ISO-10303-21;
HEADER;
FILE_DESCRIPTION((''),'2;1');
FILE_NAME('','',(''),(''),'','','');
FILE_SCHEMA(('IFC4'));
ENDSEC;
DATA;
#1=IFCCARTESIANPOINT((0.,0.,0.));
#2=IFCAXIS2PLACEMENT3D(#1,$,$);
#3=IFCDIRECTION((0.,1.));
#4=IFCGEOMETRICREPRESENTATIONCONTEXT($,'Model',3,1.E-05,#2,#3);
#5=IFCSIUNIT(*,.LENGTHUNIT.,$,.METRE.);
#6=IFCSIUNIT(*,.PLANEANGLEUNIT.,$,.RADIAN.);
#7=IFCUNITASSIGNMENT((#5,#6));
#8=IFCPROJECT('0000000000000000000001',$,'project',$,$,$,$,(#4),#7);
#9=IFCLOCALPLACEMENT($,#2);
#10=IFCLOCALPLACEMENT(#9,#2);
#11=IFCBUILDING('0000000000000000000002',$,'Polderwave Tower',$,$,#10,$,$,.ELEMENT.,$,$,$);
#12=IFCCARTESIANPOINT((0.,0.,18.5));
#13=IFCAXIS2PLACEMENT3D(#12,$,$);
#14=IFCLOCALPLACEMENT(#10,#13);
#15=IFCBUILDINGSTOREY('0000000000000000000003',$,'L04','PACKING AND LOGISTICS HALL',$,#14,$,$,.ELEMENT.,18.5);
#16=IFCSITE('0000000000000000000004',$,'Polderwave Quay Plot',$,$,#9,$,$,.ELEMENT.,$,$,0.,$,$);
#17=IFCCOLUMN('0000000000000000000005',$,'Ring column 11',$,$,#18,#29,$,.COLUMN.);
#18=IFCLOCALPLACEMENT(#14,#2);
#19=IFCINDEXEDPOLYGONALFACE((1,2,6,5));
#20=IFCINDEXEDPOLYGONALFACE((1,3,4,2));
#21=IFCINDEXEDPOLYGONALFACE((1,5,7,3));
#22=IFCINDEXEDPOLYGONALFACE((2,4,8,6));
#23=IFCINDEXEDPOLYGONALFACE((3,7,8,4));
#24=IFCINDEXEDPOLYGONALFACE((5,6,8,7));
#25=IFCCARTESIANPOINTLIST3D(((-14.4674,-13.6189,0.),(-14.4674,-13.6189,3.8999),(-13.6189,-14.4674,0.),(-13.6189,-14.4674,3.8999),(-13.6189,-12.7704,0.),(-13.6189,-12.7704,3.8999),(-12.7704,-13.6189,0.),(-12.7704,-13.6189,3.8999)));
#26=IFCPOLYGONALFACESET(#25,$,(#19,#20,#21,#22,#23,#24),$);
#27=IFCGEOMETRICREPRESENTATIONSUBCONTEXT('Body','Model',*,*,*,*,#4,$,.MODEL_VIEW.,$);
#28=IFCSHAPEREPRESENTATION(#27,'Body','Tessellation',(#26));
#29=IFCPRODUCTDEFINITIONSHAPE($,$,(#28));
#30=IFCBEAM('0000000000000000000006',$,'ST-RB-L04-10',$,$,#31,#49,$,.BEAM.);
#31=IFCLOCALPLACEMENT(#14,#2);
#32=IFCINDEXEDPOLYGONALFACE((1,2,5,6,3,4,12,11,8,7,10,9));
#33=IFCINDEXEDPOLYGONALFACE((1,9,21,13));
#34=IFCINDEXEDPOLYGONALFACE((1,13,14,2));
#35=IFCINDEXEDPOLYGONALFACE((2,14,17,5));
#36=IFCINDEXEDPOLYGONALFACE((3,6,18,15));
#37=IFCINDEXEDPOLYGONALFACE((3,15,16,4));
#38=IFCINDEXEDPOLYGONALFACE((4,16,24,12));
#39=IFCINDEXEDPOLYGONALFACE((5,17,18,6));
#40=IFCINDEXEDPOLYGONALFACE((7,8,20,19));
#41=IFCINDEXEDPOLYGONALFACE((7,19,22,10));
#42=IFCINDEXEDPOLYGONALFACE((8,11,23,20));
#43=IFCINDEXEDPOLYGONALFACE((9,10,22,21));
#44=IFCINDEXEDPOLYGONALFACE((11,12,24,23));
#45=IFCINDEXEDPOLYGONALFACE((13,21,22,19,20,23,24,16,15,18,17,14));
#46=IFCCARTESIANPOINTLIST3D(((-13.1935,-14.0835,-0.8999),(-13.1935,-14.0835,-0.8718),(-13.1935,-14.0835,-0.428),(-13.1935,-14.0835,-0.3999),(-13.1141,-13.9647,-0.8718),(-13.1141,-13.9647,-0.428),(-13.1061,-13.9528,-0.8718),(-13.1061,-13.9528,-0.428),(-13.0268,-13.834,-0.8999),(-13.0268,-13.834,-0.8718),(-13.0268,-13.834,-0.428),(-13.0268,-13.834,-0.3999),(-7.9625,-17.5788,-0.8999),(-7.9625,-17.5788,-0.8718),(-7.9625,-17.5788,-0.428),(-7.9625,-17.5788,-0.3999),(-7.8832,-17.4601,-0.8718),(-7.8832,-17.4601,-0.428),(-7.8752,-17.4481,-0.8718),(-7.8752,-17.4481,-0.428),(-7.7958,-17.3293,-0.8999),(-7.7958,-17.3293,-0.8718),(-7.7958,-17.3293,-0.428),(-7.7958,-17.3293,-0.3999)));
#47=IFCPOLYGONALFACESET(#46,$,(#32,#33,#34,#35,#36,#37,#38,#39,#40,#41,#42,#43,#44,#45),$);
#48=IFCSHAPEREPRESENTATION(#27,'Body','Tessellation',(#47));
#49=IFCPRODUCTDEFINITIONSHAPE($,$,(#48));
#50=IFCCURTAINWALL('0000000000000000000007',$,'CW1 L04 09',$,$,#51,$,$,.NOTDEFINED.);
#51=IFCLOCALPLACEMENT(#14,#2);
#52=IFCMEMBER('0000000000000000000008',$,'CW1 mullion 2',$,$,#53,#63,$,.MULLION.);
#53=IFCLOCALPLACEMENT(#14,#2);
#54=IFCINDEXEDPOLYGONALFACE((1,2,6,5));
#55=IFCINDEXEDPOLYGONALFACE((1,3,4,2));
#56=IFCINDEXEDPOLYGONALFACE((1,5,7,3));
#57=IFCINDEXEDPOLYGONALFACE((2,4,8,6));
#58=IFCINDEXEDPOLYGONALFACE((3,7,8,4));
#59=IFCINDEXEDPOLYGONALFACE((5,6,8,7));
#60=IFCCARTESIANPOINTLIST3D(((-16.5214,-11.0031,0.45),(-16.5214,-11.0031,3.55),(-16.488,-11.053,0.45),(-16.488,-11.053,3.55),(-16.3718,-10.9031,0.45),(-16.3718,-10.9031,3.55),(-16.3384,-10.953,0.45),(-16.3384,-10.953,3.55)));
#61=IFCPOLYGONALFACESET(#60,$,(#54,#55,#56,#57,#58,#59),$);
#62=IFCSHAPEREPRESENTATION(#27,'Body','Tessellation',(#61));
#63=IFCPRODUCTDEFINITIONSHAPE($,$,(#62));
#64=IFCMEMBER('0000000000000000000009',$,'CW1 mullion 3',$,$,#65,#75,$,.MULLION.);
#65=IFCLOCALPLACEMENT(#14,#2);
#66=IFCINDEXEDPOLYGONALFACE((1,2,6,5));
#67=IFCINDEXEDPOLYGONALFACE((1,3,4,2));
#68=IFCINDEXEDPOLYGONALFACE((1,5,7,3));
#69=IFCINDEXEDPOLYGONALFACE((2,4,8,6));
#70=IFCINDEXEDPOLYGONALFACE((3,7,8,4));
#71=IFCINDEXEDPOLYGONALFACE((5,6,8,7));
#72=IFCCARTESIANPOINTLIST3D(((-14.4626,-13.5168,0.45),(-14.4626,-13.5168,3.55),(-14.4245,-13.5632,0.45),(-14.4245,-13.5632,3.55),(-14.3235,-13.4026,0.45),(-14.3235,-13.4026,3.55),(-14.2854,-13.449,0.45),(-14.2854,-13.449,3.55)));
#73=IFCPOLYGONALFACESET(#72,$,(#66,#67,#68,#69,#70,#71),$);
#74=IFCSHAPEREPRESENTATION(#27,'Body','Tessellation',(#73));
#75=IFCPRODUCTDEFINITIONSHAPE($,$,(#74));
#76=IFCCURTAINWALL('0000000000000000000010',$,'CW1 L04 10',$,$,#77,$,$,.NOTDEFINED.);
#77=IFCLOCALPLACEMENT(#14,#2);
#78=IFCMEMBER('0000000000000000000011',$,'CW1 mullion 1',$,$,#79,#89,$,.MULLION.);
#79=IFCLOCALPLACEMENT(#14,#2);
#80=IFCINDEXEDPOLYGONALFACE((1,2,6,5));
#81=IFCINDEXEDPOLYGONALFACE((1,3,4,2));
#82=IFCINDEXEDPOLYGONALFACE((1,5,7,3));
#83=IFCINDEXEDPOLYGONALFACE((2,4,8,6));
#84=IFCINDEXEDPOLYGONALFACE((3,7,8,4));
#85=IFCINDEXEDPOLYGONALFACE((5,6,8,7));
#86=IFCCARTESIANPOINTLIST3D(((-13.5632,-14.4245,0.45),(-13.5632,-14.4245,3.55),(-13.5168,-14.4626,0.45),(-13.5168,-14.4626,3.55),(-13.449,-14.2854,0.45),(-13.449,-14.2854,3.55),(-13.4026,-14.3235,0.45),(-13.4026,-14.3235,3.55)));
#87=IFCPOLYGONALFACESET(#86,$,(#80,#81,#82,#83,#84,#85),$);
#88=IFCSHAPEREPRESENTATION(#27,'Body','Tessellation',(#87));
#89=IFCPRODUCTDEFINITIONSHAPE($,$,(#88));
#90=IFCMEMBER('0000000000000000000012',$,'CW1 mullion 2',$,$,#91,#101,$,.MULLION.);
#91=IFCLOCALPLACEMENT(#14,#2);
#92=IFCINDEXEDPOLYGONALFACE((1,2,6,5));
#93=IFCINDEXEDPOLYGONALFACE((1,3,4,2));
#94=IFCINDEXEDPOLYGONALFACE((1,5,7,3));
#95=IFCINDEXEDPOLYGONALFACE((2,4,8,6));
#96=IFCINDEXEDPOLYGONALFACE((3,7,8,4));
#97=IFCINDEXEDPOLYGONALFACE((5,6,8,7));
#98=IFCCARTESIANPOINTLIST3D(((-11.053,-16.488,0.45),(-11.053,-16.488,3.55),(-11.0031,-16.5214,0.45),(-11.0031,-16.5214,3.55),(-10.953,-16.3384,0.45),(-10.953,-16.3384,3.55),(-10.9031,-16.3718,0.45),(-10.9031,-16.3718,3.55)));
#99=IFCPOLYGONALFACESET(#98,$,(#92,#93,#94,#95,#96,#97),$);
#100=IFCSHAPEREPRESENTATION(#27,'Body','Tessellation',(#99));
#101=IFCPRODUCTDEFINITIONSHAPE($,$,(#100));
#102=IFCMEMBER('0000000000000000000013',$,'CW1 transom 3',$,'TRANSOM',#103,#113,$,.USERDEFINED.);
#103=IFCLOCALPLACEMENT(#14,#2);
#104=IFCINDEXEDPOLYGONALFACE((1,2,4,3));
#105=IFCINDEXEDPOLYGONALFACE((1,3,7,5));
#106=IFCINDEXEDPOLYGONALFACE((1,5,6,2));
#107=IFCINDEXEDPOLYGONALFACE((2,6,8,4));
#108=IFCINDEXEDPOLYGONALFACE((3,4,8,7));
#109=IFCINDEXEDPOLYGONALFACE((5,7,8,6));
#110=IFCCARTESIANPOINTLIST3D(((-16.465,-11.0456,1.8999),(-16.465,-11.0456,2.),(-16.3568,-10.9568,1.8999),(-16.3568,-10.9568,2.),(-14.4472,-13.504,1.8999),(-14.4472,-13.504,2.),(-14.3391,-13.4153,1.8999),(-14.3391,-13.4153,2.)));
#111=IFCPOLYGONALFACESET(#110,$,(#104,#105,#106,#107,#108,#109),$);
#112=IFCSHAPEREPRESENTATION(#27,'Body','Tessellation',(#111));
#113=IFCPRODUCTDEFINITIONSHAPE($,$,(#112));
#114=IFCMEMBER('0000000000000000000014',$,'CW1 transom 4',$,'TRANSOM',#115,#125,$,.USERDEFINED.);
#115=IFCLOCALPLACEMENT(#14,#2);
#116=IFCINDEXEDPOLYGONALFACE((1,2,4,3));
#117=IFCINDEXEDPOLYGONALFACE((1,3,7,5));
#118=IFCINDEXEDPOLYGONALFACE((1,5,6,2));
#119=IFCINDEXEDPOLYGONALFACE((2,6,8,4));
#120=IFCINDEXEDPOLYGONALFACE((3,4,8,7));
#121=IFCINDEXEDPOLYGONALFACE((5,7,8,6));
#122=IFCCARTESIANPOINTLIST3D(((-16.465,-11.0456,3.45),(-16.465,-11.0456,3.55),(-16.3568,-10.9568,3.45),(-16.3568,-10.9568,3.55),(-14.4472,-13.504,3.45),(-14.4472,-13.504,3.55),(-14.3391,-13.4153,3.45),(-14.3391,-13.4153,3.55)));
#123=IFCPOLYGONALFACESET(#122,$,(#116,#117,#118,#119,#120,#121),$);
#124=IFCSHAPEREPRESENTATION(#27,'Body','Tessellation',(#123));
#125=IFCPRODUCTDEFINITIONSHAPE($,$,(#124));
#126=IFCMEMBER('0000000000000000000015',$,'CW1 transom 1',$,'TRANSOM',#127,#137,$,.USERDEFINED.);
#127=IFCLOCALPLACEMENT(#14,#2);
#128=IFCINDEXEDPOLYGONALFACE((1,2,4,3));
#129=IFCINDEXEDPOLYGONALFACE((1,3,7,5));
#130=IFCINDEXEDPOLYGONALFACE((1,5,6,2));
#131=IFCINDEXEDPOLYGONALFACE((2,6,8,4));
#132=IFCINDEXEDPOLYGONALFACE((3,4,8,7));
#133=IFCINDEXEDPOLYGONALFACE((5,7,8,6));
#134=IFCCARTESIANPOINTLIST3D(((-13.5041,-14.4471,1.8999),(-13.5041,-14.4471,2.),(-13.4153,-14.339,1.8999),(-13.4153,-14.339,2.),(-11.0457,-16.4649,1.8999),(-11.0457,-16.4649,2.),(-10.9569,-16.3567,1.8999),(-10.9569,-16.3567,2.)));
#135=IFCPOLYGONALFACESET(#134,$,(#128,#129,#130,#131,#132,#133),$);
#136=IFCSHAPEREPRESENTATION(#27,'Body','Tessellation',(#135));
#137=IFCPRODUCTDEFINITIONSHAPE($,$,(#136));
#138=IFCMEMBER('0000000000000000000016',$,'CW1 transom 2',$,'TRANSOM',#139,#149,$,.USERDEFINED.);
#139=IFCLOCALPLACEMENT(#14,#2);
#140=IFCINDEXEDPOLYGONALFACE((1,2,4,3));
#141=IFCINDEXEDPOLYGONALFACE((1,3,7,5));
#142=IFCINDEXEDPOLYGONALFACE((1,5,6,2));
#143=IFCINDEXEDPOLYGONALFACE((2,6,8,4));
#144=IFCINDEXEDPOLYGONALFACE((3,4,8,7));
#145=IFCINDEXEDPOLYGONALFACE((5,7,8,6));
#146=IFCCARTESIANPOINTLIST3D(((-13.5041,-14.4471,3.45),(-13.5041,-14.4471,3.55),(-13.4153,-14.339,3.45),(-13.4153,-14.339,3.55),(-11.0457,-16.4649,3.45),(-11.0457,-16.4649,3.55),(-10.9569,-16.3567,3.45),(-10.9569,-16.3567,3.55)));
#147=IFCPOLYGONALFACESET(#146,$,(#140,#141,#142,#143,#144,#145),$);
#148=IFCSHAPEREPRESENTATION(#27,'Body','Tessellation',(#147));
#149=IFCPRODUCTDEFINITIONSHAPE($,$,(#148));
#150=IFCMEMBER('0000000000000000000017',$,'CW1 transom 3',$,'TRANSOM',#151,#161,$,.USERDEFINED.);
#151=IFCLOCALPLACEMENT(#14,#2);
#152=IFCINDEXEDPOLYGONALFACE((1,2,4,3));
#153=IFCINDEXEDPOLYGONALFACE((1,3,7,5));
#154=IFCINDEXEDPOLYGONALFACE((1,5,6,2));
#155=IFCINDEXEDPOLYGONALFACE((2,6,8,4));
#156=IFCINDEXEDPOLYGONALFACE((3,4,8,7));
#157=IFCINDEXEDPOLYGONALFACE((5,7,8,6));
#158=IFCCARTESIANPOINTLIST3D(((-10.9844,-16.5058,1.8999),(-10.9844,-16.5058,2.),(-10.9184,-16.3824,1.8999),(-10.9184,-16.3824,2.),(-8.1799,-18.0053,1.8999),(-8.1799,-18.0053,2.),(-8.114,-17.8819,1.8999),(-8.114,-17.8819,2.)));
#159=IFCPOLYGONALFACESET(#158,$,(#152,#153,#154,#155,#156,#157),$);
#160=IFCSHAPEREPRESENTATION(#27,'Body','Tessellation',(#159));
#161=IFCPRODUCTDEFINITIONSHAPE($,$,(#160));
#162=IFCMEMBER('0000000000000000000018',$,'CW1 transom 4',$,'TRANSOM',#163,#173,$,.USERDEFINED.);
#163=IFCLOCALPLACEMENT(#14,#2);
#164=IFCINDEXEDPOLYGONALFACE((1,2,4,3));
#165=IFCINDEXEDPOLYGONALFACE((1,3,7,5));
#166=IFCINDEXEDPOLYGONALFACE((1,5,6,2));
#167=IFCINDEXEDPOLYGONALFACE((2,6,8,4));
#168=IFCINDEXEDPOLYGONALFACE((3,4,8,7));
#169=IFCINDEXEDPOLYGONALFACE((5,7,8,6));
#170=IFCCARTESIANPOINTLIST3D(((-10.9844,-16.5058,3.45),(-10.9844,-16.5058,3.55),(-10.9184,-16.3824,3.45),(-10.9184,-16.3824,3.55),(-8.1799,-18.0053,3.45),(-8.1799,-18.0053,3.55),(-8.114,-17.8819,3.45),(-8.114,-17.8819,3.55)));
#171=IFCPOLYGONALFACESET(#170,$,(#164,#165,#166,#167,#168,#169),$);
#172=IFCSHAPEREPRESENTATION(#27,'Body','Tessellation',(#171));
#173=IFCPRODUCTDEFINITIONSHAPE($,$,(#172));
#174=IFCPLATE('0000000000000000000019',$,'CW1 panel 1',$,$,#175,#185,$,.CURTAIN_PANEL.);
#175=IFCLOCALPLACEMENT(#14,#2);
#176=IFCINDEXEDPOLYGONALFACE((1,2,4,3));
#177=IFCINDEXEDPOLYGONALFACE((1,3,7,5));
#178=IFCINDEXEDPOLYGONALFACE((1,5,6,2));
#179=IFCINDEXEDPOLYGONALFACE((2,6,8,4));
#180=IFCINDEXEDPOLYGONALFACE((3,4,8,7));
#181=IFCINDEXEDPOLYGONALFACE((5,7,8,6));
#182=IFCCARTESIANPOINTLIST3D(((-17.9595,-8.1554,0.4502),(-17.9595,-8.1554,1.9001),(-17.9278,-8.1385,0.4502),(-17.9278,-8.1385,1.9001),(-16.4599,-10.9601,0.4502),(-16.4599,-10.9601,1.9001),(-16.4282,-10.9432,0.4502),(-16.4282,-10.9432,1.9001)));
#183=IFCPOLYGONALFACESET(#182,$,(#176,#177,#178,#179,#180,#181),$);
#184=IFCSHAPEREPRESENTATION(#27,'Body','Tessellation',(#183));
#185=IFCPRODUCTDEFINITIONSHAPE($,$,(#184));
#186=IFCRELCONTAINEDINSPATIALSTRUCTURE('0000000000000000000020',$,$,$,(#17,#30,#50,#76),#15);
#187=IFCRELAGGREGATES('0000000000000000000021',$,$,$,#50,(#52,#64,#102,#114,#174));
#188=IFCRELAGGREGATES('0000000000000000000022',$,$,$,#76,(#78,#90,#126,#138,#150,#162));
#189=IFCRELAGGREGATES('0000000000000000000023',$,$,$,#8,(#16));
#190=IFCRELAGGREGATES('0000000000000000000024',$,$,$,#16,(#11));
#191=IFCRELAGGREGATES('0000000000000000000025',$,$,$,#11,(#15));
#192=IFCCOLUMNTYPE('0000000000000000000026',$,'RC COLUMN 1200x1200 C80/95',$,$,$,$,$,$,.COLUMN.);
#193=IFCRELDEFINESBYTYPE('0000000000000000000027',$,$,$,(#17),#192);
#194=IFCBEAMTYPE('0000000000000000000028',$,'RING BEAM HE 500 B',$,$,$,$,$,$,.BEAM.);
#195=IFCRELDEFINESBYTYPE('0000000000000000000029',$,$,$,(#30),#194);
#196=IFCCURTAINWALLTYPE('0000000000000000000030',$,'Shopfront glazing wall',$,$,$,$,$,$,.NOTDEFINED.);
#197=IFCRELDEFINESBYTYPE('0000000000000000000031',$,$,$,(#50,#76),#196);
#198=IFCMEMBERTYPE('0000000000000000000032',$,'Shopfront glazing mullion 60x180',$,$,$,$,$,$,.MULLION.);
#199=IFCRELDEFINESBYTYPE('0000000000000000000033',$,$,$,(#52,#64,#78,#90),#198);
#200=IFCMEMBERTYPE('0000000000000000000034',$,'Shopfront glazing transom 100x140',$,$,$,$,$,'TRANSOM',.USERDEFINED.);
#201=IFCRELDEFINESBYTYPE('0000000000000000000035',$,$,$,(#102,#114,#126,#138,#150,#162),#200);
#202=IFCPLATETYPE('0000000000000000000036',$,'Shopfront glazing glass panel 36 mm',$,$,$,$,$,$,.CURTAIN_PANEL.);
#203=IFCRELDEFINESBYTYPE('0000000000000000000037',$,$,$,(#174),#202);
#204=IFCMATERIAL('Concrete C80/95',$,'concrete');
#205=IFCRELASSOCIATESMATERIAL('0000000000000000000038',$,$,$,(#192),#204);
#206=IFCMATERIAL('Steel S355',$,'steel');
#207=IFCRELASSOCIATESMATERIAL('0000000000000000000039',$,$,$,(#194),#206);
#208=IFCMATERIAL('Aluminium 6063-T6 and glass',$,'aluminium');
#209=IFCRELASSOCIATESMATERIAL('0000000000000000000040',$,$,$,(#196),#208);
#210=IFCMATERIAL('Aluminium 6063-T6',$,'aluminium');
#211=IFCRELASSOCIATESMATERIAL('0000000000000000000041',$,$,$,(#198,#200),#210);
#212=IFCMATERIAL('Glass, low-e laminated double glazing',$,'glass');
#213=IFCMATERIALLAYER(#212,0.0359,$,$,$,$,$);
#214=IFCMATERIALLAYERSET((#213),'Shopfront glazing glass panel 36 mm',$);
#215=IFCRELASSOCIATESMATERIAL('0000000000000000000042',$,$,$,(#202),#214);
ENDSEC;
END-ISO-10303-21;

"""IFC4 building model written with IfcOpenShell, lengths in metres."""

from ifc_helpers import new_model, si_unit, direction, frame, origin, origin_2d, place, context, subcontext, project, spatial, rectangle, i_section, extrude, material, layer, layer_set, material_profile, profile_set, type_object, element, aggregate, save


model = new_model("IFC4")

# Units and contexts
model_context = context("Model", 3, precision=1e-05, world=origin(), true_north=direction((0.0, 1.0)))
body_context = subcontext(model_context, "Body", "Model", "MODEL_VIEW")
ifc_project = project(units=[si_unit("LENGTHUNIT", "METRE"), si_unit("PLANEANGLEUNIT", "RADIAN")], contexts=[model_context])

# Site, building, storey
site_placement = place(None, origin())
site = spatial("IfcSite", under=ifc_project, at=site_placement, Name="Polderwave Quay Plot", CompositionType="ELEMENT", RefElevation=0.0)
building_placement = place(site_placement, origin())
building = spatial("IfcBuilding", under=site, at=building_placement, Name="Polderwave Tower", CompositionType="ELEMENT")
storey_placement = place(building_placement, frame((0.0, 0.0, 18.5)))
storey = spatial("IfcBuildingStorey", under=building, at=storey_placement, Name="L04", Description="PACKING AND LOGISTICS HALL", CompositionType="ELEMENT", Elevation=18.5)

# Column
ifc_material_1 = material(Name="Concrete C80/95", Category="concrete")
ifc_material_profile_1 = material_profile(ifc_material_1, rectangle(XDim=1.2, YDim=1.2, at=origin_2d()), Name="RC 1200x1200")
ifc_profile_set_1 = profile_set([ifc_material_profile_1], Name="Concrete C80/95")
column_type = type_object("IfcColumnType", Name="RC COLUMN 1200x1200 C80/95", PredefinedType="COLUMN", material=ifc_profile_set_1)
column_placement = place(storey_placement, frame((-13.6189, -13.6189, 0.0), z_axis=(0.0, 0.0, 1.0), x_axis=(-0.707107, -0.707107, 0.0)))
element("IfcColumn", 1, at=column_placement, inside=storey, type_object=column_type, Name="Ring column 11", PredefinedType="COLUMN", context=body_context, shape_type="SweptSolid", body=[
    extrude(rectangle(XDim=1.2, YDim=1.2, at=origin_2d()), origin(), (0.0, 0.0, 1.0), 3.8999),
])

# Beam
ifc_material_2 = material(Name="Steel S355", Category="steel")
ifc_material_profile_2 = material_profile(ifc_material_2, i_section(OverallWidth=0.3, OverallDepth=0.5, WebThickness=0.0144, FlangeThickness=0.0281, at=origin_2d()), Name="HE 500 B")
ifc_profile_set_2 = profile_set([ifc_material_profile_2], Name="Steel S355")
beam_type = type_object("IfcBeamType", Name="RING BEAM HE 500 B", PredefinedType="BEAM", material=ifc_profile_set_2)
beam_placement = place(storey_placement, frame((-13.1101, -13.9587, -0.6499), z_axis=(0.831459, -0.555586, 0.0), x_axis=(0.555586, 0.831459, 0.0)))
element("IfcBeam", 2, at=beam_placement, inside=storey, type_object=beam_type, Name="ST-RB-L04-10", PredefinedType="BEAM", context=body_context, shape_type="SweptSolid", body=[
    extrude(i_section(OverallWidth=0.3, OverallDepth=0.5, WebThickness=0.0144, FlangeThickness=0.0281, at=origin_2d()), origin(), (0.0, 0.0, 1.0), 6.2913),
])

# Curtain walls, members
ifc_material_3 = material(Name="Aluminium 6063-T6 and glass", Category="aluminium")
curtain_wall_type = type_object("IfcCurtainWallType", Name="Shopfront glazing wall", PredefinedType="NOTDEFINED", material=ifc_material_3)
curtain_wall_1_placement = place(storey_placement, origin())
curtain_wall_1 = element("IfcCurtainWall", 3, at=curtain_wall_1_placement, inside=storey, type_object=curtain_wall_type, Name="CW1 L04 09", PredefinedType="NOTDEFINED")
ifc_material_4 = material(Name="Aluminium 6063-T6", Category="aluminium")
ifc_material_profile_3 = material_profile(ifc_material_4, rectangle(XDim=0.1799, YDim=0.0601, at=origin_2d()), Name="AL 60x180")
ifc_profile_set_3 = profile_set([ifc_material_profile_3], Name="Aluminium 6063-T6")
member_type_1 = type_object("IfcMemberType", Name="Shopfront glazing mullion 60x180", PredefinedType="MULLION", material=ifc_profile_set_3)
member_1_placement = place(storey_placement, frame((-16.4299, -10.978, 0.45), z_axis=(0.0, 0.0, 1.0), x_axis=(0.831413, 0.555654, 0.0)))
member_1 = element("IfcMember", 4, at=member_1_placement, type_object=member_type_1, Name="CW1 mullion 2", PredefinedType="MULLION", context=body_context, shape_type="SweptSolid", body=[
    extrude(rectangle(XDim=0.1799, YDim=0.0601, at=origin_2d()), origin(), (0.0, 0.0, 1.0), 3.1001),
])
member_2_placement = place(storey_placement, frame((-14.374, -13.4829, 0.45), z_axis=(0.0, 0.0, 1.0), x_axis=(0.772962, 0.634453, 0.0)))
member_2 = element("IfcMember", 5, at=member_2_placement, type_object=member_type_1, Name="CW1 mullion 3", PredefinedType="MULLION", context=body_context, shape_type="SweptSolid", body=[
    extrude(rectangle(XDim=0.1799, YDim=0.0601, at=origin_2d()), origin(), (0.0, 0.0, 1.0), 3.1001),
])
curtain_wall_2_placement = place(storey_placement, origin())
curtain_wall_2 = element("IfcCurtainWall", 6, at=curtain_wall_2_placement, inside=storey, type_object=curtain_wall_type, Name="CW1 L04 10", PredefinedType="NOTDEFINED")
member_3_placement = place(storey_placement, frame((-13.4829, -14.374, 0.45), z_axis=(0.0, 0.0, 1.0), x_axis=(0.634453, 0.772962, 0.0)))
member_3 = element("IfcMember", 7, at=member_3_placement, type_object=member_type_1, Name="CW1 mullion 1", PredefinedType="MULLION", context=body_context, shape_type="SweptSolid", body=[
    extrude(rectangle(XDim=0.1799, YDim=0.0601, at=origin_2d()), origin(), (0.0, 0.0, 1.0), 3.1001),
])
member_4_placement = place(storey_placement, frame((-10.978, -16.4299, 0.45), z_axis=(0.0, 0.0, 1.0), x_axis=(0.555654, 0.831413, 0.0)))
member_4 = element("IfcMember", 8, at=member_4_placement, type_object=member_type_1, Name="CW1 mullion 2", PredefinedType="MULLION", context=body_context, shape_type="SweptSolid", body=[
    extrude(rectangle(XDim=0.1799, YDim=0.0601, at=origin_2d()), origin(), (0.0, 0.0, 1.0), 3.1001),
])

# Members
ifc_material_profile_4 = material_profile(ifc_material_4, rectangle(XDim=0.1399, YDim=0.1001, at=origin_2d()), Name="AL 100x140")
ifc_profile_set_4 = profile_set([ifc_material_profile_4], Name="Aluminium 6063-T6")
member_type_2 = type_object("IfcMemberType", Name="Shopfront glazing transom 100x140", ElementType="TRANSOM", PredefinedType="USERDEFINED", material=ifc_profile_set_4)
member_5_placement = place(storey_placement, frame((-16.4109, -11.0012, 1.95), z_axis=(0.634428, -0.772982, 0.0), x_axis=(0.772982, 0.634428, 0.0)))
member_5 = element("IfcMember", 9, at=member_5_placement, type_object=member_type_2, Name="CW1 transom 3", ObjectType="TRANSOM", PredefinedType="USERDEFINED", context=body_context, shape_type="SweptSolid", body=[
    extrude(rectangle(XDim=0.1399, YDim=0.1001, at=origin_2d()), origin(), (0.0, 0.0, 1.0), 3.1804),
])
member_6_placement = place(storey_placement, frame((-16.4109, -11.0012, 3.5), z_axis=(0.634428, -0.772982, 0.0), x_axis=(0.772982, 0.634428, 0.0)))
member_6 = element("IfcMember", 10, at=member_6_placement, type_object=member_type_2, Name="CW1 transom 4", ObjectType="TRANSOM", PredefinedType="USERDEFINED", context=body_context, shape_type="SweptSolid", body=[
    extrude(rectangle(XDim=0.1399, YDim=0.1001, at=origin_2d()), origin(), (0.0, 0.0, 1.0), 3.1804),
])
member_7_placement = place(storey_placement, frame((-13.4597, -14.3931, 1.95), z_axis=(0.772982, -0.634428, 0.0), x_axis=(0.634428, 0.772982, 0.0)))
member_7 = element("IfcMember", 11, at=member_7_placement, type_object=member_type_2, Name="CW1 transom 1", ObjectType="TRANSOM", PredefinedType="USERDEFINED", context=body_context, shape_type="SweptSolid", body=[
    extrude(rectangle(XDim=0.1399, YDim=0.1001, at=origin_2d()), origin(), (0.0, 0.0, 1.0), 3.1804),
])
member_8_placement = place(storey_placement, frame((-13.4597, -14.3931, 3.5), z_axis=(0.772982, -0.634428, 0.0), x_axis=(0.634428, 0.772982, 0.0)))
member_8 = element("IfcMember", 12, at=member_8_placement, type_object=member_type_2, Name="CW1 transom 2", ObjectType="TRANSOM", PredefinedType="USERDEFINED", context=body_context, shape_type="SweptSolid", body=[
    extrude(rectangle(XDim=0.1399, YDim=0.1001, at=origin_2d()), origin(), (0.0, 0.0, 1.0), 3.1804),
])
member_9_placement = place(storey_placement, frame((-10.9514, -16.4441, 1.95), z_axis=(0.881855, -0.47152, 0.0), x_axis=(0.47152, 0.881855, 0.0)))
member_9 = element("IfcMember", 13, at=member_9_placement, type_object=member_type_2, Name="CW1 transom 3", ObjectType="TRANSOM", PredefinedType="USERDEFINED", context=body_context, shape_type="SweptSolid", body=[
    extrude(rectangle(XDim=0.1399, YDim=0.1001, at=origin_2d()), origin(), (0.0, 0.0, 1.0), 3.1802),
])
member_10_placement = place(storey_placement, frame((-10.9514, -16.4441, 3.5), z_axis=(0.881855, -0.47152, 0.0), x_axis=(0.47152, 0.881855, 0.0)))
member_10 = element("IfcMember", 14, at=member_10_placement, type_object=member_type_2, Name="CW1 transom 4", ObjectType="TRANSOM", PredefinedType="USERDEFINED", context=body_context, shape_type="SweptSolid", body=[
    extrude(rectangle(XDim=0.1399, YDim=0.1001, at=origin_2d()), origin(), (0.0, 0.0, 1.0), 3.1802),
])

# Plate
ifc_material_5 = material(Name="Glass, low-e laminated double glazing", Category="glass")
ifc_layer_1 = layer(ifc_material_5, 0.0359)
ifc_layer_set_1 = layer_set([ifc_layer_1], Name="Shopfront glazing glass panel 36 mm")
plate_type = type_object("IfcPlateType", Name="Shopfront glazing glass panel 36 mm", PredefinedType="CURTAIN_PANEL", material=ifc_layer_set_1)
plate_1_placement = place(storey_placement, frame((-17.1938, -9.5493, 0.4502), z_axis=(0.0, 0.0, 1.0), x_axis=(0.471509, -0.881861, 0.0)))
plate_1 = element("IfcPlate", 15, at=plate_1_placement, type_object=plate_type, Name="CW1 panel 1", PredefinedType="CURTAIN_PANEL", context=body_context, shape_type="SweptSolid", body=[
    extrude(rectangle(XDim=3.1804, YDim=0.0359, at=origin_2d()), origin(), (0.0, 0.0, 1.0), 1.45),
])
aggregate(curtain_wall_1, [member_1, member_2, member_5, member_6, plate_1])
aggregate(curtain_wall_2, [member_3, member_4, member_7, member_8, member_9, member_10])

save(model, "model.ifc")
